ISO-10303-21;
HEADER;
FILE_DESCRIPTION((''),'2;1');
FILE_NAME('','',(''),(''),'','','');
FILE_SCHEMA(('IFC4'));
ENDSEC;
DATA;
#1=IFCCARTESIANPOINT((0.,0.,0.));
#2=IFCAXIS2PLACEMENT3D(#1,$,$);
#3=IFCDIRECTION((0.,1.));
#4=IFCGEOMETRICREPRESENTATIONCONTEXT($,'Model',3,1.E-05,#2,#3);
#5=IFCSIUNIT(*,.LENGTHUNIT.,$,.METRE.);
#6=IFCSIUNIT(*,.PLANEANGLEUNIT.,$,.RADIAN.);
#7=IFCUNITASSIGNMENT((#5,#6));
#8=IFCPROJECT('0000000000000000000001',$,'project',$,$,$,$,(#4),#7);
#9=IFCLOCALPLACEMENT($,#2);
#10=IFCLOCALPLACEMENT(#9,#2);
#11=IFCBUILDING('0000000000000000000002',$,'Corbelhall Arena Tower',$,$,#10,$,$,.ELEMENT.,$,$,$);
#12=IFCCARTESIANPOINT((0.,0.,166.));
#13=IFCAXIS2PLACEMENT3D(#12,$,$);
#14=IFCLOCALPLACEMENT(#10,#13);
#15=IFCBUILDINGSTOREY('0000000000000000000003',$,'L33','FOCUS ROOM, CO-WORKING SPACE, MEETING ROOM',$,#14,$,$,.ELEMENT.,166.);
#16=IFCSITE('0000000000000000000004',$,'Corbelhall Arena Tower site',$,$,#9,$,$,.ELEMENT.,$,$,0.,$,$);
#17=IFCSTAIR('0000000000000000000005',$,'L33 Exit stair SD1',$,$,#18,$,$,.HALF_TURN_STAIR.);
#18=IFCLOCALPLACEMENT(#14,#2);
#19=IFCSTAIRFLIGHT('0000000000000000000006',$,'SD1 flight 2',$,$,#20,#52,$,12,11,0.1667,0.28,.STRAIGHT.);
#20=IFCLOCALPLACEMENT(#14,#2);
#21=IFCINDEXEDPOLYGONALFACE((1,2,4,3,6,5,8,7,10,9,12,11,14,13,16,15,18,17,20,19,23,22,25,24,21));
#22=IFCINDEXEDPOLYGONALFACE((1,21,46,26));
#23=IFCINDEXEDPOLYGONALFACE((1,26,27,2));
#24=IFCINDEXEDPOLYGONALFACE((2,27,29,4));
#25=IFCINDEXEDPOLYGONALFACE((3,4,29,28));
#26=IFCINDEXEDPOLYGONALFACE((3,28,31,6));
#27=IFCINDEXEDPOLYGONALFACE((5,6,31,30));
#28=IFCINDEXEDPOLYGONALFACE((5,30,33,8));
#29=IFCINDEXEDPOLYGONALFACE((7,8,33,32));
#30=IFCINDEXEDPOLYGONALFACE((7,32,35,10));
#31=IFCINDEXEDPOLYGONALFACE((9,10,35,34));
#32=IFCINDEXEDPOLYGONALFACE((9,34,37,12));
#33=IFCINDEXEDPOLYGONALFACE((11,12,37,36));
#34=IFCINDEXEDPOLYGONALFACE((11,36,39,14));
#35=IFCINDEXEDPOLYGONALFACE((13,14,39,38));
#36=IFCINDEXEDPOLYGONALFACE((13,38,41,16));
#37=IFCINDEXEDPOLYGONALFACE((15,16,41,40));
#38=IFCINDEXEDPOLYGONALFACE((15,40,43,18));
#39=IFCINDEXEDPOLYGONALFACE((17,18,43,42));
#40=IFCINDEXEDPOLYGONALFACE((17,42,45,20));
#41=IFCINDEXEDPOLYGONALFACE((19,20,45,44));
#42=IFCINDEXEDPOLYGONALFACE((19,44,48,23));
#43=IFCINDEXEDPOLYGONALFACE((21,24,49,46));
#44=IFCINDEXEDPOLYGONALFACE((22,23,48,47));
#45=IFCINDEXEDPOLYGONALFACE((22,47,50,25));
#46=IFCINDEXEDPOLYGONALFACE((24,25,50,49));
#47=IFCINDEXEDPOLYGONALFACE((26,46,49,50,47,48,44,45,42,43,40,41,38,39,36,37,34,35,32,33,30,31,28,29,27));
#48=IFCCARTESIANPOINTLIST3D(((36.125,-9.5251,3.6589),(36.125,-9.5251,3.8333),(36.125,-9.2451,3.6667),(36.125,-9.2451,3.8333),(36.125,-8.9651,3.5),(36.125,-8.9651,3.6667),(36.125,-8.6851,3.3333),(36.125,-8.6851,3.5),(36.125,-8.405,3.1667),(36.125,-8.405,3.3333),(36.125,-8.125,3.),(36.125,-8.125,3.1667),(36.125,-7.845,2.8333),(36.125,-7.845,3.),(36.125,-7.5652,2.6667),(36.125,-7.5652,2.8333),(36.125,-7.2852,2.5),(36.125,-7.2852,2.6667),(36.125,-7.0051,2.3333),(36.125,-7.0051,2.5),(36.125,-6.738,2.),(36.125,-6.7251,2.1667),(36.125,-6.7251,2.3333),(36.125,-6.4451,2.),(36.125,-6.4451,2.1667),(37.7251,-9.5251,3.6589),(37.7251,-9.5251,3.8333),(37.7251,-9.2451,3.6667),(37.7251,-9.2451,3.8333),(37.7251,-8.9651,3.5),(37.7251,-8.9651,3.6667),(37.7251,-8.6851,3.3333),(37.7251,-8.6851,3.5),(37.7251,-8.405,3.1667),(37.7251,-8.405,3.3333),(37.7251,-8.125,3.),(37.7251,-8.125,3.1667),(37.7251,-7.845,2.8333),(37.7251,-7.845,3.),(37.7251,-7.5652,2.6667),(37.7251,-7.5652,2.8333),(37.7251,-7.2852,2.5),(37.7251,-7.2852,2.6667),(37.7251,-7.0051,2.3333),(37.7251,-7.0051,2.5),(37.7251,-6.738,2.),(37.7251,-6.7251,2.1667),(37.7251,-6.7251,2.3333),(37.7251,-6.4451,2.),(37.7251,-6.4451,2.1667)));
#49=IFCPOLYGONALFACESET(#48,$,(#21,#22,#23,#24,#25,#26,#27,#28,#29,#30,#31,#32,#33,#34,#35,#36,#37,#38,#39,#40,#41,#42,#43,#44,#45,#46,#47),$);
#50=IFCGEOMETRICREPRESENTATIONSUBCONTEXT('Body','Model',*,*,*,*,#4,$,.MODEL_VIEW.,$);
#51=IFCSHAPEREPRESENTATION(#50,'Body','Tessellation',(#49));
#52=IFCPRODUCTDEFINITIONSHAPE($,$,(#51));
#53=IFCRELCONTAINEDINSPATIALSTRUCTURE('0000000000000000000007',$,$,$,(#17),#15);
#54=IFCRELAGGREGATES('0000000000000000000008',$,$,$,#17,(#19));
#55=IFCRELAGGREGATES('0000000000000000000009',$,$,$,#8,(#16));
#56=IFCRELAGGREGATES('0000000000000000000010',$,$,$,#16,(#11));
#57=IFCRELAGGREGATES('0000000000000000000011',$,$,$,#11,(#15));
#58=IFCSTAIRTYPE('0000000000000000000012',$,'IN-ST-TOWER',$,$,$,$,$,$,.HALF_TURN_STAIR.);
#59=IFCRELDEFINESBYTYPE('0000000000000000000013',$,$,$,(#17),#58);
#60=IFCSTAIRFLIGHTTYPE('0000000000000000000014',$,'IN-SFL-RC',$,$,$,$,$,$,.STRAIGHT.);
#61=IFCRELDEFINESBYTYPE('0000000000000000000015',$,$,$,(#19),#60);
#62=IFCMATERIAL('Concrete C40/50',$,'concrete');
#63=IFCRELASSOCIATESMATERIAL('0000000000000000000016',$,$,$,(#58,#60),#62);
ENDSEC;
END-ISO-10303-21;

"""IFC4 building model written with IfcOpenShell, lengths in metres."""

from ifc_helpers import new_model, si_unit, direction, frame, origin, place, context, subcontext, project, spatial, polyline, outline, extrude, material, type_object, element, aggregate, save


model = new_model("IFC4")

# Units and contexts
model_context = context("Model", 3, precision=1e-05, world=origin(), true_north=direction((0.0, 1.0)))
body_context = subcontext(model_context, "Body", "Model", "MODEL_VIEW")
ifc_project = project(units=[si_unit("LENGTHUNIT", "METRE"), si_unit("PLANEANGLEUNIT", "RADIAN")], contexts=[model_context])

# Site, building, storey
site_placement = place(None, origin())
site = spatial("IfcSite", under=ifc_project, at=site_placement, Name="Corbelhall Arena Tower site", CompositionType="ELEMENT", RefElevation=0.0)
building_placement = place(site_placement, origin())
building = spatial("IfcBuilding", under=site, at=building_placement, Name="Corbelhall Arena Tower", CompositionType="ELEMENT")
storey_placement = place(building_placement, frame((0.0, 0.0, 166.0)))
storey = spatial("IfcBuildingStorey", under=building, at=storey_placement, Name="L33", Description="FOCUS ROOM, CO-WORKING SPACE, MEETING ROOM", CompositionType="ELEMENT", Elevation=166.0)

# Shared definitions
ifc_material_1 = material(Name="Concrete C40/50", Category="concrete")

# Stair, stair flight
stair_type = type_object("IfcStairType", Name="IN-ST-TOWER", PredefinedType="HALF_TURN_STAIR", material=ifc_material_1)
stair_placement = place(storey_placement, origin())
stair = element("IfcStair", 1, at=stair_placement, inside=storey, type_object=stair_type, Name="L33 Exit stair SD1", PredefinedType="HALF_TURN_STAIR")
stair_flight_type = type_object("IfcStairFlightType", Name="IN-SFL-RC", PredefinedType="STRAIGHT", material=ifc_material_1)
stair_flight_placement = place(storey_placement, frame((36.925, -6.4451, 2.0), z_axis=(0.0, 0.0, 1.0), x_axis=(0.0, -1.0, 0.0)))
stair_flight = element("IfcStairFlight", 2, at=stair_flight_placement, type_object=stair_flight_type, Name="SD1 flight 2", NumberOfRisers=12, NumberOfTreads=11, PredefinedType="STRAIGHT", RiserHeight=0.1667, TreadLength=0.28, context=body_context, shape_type="SweptSolid", body=[
    extrude(outline(polyline([(0.0, 0.0), (0.0, 0.1667), (0.28, 0.1667), (0.28, 0.3333), (0.5601, 0.3333), (0.5601, 0.5), (0.8401, 0.5), (0.8401, 0.6667), (1.1201, 0.6667), (1.1201, 0.8333), (1.3999, 0.8333), (1.3999, 1.0), (1.6799, 1.0), (1.6799, 1.1667), (1.96, 1.1667), (1.96, 1.3333), (2.24, 1.3333), (2.24, 1.5), (2.52, 1.5), (2.52, 1.6667), (2.8, 1.6667), (2.8, 1.8333), (3.0801, 1.8333), (3.0801, 2.0), (3.0801, 1.6589), (0.293, 0.0), (0.0, 0.0)])), frame((0.0, 0.8, 0.0), z_axis=(0.0, -1.0, 0.0), x_axis=(1.0, 0.0, 0.0)), (0.0, 0.0, 1.0), 1.6001),
])
aggregate(stair, [stair_flight])

save(model, "model.ifc")
